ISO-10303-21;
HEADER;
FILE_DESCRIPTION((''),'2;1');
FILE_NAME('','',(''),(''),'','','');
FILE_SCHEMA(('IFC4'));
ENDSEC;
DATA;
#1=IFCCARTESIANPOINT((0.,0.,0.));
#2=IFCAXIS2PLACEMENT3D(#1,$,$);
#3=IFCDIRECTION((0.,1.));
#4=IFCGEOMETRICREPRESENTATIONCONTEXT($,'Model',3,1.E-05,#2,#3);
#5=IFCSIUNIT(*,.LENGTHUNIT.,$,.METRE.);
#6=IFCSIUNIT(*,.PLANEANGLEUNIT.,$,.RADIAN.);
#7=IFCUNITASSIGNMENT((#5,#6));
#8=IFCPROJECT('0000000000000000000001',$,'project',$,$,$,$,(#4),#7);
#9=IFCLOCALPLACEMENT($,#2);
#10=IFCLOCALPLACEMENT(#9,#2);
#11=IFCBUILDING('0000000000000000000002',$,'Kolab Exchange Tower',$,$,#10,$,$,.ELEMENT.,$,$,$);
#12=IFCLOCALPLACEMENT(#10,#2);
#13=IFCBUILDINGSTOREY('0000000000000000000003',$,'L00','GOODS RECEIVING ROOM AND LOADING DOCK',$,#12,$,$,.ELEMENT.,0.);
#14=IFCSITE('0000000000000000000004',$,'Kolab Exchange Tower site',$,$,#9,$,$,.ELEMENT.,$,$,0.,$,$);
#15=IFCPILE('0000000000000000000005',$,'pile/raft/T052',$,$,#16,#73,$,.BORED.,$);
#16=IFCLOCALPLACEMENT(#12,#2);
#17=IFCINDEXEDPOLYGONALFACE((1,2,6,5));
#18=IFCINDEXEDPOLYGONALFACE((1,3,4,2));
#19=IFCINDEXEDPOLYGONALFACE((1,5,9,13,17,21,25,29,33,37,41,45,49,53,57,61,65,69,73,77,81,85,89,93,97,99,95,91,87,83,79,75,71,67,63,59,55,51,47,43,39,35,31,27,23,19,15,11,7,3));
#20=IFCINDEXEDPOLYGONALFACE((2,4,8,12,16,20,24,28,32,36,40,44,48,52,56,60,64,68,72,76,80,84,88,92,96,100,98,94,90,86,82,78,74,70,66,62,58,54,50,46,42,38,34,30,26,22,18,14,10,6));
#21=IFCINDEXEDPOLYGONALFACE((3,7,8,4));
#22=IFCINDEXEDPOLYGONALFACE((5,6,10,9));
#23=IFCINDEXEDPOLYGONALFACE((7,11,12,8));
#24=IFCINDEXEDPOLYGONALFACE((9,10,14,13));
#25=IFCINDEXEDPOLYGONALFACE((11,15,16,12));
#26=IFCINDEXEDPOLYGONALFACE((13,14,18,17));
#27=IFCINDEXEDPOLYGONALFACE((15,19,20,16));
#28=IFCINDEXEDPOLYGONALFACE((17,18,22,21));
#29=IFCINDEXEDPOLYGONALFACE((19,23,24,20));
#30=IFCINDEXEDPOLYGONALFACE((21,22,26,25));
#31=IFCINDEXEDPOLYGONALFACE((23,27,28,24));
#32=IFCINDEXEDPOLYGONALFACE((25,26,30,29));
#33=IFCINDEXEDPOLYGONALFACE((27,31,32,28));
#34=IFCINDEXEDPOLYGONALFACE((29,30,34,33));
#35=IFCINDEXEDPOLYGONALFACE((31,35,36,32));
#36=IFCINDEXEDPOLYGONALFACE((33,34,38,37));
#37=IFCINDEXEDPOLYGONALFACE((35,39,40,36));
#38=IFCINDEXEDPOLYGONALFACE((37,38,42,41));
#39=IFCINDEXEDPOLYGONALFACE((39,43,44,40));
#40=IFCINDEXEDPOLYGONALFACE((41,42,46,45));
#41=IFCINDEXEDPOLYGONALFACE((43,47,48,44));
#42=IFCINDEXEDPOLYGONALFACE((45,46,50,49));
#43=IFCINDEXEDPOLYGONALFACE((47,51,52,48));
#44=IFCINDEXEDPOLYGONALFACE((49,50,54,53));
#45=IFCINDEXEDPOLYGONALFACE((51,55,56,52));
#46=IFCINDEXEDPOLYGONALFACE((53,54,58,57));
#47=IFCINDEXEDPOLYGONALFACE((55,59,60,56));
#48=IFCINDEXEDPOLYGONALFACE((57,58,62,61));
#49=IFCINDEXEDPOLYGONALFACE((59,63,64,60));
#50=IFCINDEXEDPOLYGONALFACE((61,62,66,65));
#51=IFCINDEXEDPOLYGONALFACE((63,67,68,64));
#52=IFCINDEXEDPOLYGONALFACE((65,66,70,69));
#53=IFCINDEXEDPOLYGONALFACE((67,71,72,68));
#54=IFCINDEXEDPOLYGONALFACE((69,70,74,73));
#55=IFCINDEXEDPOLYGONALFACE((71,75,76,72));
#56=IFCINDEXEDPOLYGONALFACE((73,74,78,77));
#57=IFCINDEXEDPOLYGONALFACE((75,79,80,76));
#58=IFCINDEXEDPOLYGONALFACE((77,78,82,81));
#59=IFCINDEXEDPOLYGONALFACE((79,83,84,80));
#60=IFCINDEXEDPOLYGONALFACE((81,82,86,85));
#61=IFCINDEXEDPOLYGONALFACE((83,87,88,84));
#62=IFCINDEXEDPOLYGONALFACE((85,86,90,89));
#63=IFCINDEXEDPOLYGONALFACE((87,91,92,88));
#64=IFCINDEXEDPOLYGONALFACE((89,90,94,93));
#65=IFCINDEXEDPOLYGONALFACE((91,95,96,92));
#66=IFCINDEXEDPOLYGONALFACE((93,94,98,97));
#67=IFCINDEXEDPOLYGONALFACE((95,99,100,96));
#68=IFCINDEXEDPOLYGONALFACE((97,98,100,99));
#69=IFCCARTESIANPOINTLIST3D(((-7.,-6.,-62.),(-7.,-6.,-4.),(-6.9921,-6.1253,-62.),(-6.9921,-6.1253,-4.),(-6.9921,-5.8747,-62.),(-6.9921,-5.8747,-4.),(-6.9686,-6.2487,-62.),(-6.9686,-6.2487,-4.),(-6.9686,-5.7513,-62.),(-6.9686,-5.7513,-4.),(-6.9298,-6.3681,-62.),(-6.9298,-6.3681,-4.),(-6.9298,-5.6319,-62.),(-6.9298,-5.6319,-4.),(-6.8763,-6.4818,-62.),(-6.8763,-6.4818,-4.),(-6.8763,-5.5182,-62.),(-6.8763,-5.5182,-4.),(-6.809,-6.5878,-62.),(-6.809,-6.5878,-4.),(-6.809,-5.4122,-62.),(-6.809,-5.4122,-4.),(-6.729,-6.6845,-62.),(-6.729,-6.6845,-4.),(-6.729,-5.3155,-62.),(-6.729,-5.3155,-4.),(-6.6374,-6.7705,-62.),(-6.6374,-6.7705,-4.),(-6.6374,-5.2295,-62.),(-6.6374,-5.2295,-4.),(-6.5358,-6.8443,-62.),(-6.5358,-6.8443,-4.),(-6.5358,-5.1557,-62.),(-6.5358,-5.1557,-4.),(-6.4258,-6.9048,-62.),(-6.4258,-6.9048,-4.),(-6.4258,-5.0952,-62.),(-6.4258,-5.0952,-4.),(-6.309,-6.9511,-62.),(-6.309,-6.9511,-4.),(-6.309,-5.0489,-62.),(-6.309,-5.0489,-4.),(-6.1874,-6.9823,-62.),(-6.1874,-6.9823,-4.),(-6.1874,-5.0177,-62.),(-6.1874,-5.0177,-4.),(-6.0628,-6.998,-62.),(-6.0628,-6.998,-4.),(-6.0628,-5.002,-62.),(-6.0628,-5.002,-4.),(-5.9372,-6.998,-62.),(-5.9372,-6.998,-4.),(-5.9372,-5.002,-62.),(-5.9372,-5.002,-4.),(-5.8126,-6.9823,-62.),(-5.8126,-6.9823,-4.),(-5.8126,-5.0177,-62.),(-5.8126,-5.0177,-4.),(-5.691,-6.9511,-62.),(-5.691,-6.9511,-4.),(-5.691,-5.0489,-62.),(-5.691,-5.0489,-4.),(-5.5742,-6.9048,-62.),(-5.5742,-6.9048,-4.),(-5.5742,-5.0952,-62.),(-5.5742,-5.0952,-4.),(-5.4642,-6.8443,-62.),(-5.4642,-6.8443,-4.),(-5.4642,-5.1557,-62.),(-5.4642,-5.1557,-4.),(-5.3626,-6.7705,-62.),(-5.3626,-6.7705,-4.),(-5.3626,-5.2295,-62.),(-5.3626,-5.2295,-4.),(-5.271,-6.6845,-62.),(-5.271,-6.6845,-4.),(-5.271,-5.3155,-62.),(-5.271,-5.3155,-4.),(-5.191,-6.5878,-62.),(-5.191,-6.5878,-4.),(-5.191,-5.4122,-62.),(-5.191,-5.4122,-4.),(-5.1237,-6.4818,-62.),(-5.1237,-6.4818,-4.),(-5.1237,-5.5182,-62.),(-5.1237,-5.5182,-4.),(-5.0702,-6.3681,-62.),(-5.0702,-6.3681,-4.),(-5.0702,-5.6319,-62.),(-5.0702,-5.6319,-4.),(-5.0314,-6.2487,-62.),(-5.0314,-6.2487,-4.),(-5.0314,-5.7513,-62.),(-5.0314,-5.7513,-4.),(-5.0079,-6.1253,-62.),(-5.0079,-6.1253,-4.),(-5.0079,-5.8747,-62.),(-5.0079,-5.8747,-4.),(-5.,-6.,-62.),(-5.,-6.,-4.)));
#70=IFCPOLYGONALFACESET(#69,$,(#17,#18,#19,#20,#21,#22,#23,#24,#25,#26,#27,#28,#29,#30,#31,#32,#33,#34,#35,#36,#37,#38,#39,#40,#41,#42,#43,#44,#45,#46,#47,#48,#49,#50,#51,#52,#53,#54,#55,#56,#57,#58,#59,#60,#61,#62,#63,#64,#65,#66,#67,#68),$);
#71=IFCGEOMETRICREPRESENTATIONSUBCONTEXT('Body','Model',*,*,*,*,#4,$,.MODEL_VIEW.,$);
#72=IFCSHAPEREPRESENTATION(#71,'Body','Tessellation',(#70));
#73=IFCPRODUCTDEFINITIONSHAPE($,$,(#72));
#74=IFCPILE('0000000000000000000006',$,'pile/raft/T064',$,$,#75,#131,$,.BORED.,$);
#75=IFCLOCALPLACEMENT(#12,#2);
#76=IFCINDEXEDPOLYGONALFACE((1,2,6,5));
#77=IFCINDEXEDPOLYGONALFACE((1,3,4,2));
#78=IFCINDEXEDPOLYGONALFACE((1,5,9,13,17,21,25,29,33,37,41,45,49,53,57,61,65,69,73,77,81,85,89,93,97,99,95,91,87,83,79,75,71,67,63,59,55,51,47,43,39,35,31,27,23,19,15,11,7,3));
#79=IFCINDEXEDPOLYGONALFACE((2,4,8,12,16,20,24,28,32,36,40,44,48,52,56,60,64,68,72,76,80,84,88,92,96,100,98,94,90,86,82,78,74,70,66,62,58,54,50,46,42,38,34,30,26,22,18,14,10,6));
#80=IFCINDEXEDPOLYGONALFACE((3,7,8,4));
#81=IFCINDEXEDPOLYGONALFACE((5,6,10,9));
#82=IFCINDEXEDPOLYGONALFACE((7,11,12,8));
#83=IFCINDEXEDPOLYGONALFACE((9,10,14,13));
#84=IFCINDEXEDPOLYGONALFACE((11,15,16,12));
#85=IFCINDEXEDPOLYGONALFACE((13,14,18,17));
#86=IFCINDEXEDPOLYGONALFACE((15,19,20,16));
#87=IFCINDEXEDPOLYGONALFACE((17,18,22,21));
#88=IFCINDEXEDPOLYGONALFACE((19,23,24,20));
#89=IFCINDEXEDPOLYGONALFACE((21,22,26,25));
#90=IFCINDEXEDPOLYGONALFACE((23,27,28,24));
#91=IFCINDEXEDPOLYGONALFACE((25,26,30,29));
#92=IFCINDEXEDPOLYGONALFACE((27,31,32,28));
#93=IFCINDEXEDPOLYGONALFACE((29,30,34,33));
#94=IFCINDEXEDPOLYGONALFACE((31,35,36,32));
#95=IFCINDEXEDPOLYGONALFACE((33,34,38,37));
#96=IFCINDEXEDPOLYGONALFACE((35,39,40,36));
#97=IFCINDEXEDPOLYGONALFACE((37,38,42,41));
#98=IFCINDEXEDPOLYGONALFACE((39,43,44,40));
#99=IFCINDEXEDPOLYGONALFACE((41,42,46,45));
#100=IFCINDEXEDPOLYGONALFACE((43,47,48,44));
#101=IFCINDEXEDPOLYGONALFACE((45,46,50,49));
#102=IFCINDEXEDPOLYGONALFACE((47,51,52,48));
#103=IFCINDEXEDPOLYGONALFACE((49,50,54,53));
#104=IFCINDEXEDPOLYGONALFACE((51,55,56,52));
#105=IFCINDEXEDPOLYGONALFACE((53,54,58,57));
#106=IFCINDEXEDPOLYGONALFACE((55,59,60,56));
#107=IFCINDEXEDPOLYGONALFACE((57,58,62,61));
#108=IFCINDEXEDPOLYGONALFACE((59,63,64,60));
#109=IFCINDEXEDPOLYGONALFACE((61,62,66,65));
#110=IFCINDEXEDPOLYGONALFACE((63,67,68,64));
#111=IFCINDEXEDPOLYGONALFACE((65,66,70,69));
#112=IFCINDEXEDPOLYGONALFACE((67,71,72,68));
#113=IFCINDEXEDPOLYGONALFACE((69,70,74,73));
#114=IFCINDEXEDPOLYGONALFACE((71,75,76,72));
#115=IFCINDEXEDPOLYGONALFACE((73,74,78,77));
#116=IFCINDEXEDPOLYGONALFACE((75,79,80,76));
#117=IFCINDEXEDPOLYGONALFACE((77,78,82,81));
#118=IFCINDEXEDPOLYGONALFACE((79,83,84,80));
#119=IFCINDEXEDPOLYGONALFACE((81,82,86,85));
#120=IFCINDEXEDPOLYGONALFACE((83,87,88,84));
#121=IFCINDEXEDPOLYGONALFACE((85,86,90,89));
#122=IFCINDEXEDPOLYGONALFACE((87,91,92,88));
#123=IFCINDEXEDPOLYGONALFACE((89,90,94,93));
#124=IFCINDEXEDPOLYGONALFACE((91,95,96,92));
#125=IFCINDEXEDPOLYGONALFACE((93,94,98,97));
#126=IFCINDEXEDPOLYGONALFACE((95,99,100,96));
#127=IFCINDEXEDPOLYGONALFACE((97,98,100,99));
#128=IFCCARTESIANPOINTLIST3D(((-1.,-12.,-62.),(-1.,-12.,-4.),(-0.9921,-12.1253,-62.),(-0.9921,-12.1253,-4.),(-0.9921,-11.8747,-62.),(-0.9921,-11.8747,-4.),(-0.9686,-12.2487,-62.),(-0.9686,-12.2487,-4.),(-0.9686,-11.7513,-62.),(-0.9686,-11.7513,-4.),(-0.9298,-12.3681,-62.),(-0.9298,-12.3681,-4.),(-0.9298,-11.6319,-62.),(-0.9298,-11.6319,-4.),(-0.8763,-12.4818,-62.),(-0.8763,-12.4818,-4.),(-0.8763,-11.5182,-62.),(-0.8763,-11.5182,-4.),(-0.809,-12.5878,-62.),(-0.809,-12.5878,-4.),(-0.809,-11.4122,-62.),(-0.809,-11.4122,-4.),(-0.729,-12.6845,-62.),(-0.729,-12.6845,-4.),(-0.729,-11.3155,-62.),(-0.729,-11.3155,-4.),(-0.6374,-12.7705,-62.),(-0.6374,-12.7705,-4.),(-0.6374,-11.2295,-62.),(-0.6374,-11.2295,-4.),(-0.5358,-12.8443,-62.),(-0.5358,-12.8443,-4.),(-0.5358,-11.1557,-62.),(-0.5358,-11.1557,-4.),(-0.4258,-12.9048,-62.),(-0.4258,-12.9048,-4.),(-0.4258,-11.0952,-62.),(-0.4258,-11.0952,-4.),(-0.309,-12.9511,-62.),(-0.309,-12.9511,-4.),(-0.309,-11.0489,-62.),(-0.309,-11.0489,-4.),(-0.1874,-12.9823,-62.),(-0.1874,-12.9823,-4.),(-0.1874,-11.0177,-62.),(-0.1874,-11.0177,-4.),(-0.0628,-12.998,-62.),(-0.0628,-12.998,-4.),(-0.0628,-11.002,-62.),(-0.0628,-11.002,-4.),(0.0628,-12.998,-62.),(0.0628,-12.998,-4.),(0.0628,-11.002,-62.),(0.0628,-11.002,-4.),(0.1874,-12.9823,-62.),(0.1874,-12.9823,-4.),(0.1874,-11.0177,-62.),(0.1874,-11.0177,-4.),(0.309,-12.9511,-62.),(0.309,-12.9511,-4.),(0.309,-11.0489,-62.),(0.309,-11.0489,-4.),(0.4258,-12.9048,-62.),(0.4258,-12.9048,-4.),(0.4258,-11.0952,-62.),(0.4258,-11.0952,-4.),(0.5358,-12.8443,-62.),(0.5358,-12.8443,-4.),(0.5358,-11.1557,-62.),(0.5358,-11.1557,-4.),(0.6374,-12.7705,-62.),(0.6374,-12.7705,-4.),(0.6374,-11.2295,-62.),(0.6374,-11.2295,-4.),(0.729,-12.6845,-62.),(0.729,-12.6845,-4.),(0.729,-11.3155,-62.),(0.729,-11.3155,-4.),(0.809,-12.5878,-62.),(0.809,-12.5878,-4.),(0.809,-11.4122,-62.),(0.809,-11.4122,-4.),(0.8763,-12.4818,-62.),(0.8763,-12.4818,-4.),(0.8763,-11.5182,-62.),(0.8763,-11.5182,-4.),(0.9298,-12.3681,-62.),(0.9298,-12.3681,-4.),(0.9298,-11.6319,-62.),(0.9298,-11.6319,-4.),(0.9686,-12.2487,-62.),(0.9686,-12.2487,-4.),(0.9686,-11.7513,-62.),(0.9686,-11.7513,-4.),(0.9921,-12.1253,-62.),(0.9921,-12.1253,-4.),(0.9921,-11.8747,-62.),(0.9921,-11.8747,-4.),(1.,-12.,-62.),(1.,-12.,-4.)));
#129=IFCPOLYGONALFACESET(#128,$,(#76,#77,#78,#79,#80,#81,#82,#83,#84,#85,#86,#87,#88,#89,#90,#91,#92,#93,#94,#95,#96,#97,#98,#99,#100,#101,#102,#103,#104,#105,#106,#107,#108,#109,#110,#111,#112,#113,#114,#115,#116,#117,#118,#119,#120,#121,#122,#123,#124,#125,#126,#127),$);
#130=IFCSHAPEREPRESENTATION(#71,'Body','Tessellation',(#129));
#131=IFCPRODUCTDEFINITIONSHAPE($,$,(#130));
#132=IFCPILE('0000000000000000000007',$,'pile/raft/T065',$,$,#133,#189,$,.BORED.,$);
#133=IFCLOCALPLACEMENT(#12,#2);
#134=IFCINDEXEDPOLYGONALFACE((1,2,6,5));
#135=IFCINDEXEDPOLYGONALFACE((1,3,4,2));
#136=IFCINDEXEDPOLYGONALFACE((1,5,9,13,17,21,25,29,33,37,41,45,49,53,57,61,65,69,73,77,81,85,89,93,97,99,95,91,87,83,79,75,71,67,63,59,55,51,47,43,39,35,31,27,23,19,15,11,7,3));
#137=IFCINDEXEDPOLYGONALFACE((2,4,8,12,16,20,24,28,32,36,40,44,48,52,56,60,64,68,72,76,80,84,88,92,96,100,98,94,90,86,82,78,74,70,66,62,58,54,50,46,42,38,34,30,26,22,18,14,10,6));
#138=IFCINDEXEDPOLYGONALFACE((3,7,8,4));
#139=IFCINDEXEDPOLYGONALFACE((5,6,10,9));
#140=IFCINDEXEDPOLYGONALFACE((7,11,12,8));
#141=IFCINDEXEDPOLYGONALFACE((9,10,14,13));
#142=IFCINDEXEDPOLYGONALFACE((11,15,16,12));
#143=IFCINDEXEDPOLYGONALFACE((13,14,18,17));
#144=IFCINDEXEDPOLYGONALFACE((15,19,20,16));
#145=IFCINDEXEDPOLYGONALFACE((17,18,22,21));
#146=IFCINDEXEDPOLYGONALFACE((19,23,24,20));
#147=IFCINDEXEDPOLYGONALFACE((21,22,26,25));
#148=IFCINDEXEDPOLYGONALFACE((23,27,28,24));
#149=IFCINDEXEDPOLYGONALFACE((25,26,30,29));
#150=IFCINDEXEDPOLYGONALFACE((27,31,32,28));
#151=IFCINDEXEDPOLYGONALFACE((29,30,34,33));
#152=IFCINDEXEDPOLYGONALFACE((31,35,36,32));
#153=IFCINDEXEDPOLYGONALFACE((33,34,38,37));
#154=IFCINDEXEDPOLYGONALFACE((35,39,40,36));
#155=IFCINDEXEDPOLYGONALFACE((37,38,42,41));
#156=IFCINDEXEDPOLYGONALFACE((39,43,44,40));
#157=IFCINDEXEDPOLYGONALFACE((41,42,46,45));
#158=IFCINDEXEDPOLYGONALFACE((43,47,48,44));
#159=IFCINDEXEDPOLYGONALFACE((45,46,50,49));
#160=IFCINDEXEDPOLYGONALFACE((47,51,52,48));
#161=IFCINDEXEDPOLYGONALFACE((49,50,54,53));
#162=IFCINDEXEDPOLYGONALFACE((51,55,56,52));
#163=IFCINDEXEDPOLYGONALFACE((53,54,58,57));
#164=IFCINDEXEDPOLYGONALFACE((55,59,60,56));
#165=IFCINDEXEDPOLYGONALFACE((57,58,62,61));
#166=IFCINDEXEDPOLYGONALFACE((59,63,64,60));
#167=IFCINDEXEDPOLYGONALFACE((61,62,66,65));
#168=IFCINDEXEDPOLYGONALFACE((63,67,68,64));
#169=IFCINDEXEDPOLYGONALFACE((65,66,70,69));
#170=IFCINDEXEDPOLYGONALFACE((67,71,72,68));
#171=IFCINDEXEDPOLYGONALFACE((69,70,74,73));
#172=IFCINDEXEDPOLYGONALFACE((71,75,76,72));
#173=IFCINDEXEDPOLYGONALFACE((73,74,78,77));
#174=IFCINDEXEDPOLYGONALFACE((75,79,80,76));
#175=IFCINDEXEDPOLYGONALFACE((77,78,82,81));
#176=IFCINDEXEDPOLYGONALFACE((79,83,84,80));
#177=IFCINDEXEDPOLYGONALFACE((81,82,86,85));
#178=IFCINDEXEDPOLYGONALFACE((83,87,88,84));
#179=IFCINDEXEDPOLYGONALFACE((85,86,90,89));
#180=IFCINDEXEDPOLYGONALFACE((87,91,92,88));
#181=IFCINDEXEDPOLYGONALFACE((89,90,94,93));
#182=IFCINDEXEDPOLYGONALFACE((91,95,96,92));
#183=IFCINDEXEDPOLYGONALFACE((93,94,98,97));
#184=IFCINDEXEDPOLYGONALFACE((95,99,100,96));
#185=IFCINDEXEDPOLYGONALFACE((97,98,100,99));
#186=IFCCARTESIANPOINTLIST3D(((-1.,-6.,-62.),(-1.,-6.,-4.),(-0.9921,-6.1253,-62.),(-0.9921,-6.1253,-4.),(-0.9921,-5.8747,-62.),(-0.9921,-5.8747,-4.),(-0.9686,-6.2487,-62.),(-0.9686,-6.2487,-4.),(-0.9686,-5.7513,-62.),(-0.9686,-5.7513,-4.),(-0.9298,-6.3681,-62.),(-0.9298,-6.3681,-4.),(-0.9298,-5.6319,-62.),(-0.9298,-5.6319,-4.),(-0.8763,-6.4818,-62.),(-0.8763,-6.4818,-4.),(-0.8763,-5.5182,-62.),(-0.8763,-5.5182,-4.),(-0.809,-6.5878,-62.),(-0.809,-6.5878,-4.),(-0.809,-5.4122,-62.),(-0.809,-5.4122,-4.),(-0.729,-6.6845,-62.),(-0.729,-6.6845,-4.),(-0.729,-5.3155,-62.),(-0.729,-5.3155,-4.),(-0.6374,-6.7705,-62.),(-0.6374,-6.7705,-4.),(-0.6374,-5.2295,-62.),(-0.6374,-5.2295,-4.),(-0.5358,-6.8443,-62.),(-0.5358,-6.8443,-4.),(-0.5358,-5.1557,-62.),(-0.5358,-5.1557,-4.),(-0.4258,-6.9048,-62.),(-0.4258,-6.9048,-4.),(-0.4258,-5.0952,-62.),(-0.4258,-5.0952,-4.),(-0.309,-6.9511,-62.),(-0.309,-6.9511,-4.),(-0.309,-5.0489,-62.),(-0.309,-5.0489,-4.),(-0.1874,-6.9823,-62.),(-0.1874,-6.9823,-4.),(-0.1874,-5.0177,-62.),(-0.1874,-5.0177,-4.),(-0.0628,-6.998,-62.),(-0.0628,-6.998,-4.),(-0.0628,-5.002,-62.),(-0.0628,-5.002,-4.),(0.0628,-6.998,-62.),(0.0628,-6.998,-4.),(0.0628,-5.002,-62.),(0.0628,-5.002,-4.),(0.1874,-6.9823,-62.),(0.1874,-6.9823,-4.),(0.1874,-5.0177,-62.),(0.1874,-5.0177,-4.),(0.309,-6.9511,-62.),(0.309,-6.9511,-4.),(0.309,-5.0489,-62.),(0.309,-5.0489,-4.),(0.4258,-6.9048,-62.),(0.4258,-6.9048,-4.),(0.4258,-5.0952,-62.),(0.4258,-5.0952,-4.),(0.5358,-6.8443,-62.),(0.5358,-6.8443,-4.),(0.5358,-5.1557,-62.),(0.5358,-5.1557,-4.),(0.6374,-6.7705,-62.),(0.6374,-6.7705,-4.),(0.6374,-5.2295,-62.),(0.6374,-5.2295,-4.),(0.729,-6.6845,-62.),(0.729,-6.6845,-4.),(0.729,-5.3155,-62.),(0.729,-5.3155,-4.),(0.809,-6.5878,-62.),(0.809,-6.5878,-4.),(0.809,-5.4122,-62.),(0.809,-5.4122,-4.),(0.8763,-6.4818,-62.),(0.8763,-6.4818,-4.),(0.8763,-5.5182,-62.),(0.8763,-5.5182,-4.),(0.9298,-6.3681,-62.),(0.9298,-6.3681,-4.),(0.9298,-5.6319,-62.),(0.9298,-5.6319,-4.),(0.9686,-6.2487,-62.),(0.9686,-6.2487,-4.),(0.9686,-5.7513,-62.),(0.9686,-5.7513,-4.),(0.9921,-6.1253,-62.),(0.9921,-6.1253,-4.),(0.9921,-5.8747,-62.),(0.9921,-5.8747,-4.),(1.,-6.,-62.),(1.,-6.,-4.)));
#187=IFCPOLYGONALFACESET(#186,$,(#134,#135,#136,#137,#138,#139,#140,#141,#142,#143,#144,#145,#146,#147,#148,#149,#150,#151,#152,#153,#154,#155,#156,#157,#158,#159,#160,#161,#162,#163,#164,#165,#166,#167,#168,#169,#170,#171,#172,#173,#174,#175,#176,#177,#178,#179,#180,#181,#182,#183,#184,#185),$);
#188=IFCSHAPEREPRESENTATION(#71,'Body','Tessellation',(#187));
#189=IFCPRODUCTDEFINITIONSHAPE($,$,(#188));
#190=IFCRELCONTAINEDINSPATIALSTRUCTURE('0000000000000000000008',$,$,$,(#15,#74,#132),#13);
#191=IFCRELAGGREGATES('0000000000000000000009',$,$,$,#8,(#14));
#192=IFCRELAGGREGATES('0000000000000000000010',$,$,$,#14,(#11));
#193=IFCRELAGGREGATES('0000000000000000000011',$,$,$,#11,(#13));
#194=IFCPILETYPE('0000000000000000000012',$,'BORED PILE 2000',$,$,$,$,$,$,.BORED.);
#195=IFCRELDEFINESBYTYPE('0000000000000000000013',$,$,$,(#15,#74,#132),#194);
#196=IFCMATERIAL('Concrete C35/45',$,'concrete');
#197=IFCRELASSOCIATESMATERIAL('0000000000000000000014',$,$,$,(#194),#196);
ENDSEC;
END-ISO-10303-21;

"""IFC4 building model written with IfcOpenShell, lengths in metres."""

from ifc_helpers import new_model, si_unit, direction, frame, origin, origin_2d, place, context, subcontext, project, spatial, circle, extrude, material, material_profile, profile_set, type_object, element, save


model = new_model("IFC4")

# Units and contexts
model_context = context("Model", 3, precision=1e-05, world=origin(), true_north=direction((0.0, 1.0)))
body_context = subcontext(model_context, "Body", "Model", "MODEL_VIEW")
ifc_project = project(units=[si_unit("LENGTHUNIT", "METRE"), si_unit("PLANEANGLEUNIT", "RADIAN")], contexts=[model_context])

# Site, building, storey
site_placement = place(None, origin())
site = spatial("IfcSite", under=ifc_project, at=site_placement, Name="Kolab Exchange Tower site", CompositionType="ELEMENT", RefElevation=0.0)
building_placement = place(site_placement, origin())
building = spatial("IfcBuilding", under=site, at=building_placement, Name="Kolab Exchange Tower", CompositionType="ELEMENT")
storey_placement = place(building_placement, origin())
storey = spatial("IfcBuildingStorey", under=building, at=storey_placement, Name="L00", Description="GOODS RECEIVING ROOM AND LOADING DOCK", CompositionType="ELEMENT", Elevation=0.0)

# Piles
ifc_material_1 = material(Name="Concrete C35/45", Category="concrete")
ifc_material_profile = material_profile(ifc_material_1, circle(Radius=1.0, at=origin_2d()), Name="BP2000")
ifc_profile_set = profile_set([ifc_material_profile], Name="Concrete C35/45")
pile_type = type_object("IfcPileType", Name="BORED PILE 2000", PredefinedType="BORED", material=ifc_profile_set)
for number, where, z_axis, x_axis, name in (
    (1, (-6.0, -6.0, -4.0), (0.0, 0.0, -1.0), (1.0, 0.0, 0.0), "pile/raft/T052"),
    (2, (0.0, -12.0, -4.0), (0.0, 0.0, -1.0), (1.0, 0.0, 0.0), "pile/raft/T064"),
    (3, (0.0, -6.0, -4.0), (0.0, 0.0, -1.0), (1.0, 0.0, 0.0), "pile/raft/T065"),
):
    element("IfcPile", number, at=place(storey_placement, frame(where, z_axis=z_axis, x_axis=x_axis)), inside=storey, type_object=pile_type, Name=name, PredefinedType="BORED", context=body_context, shape_type="SweptSolid", body=[
        extrude(circle(Radius=1.0, at=origin_2d()), origin(), (0.0, 0.0, 1.0), 58.0),
    ])

save(model, "model.ifc")
